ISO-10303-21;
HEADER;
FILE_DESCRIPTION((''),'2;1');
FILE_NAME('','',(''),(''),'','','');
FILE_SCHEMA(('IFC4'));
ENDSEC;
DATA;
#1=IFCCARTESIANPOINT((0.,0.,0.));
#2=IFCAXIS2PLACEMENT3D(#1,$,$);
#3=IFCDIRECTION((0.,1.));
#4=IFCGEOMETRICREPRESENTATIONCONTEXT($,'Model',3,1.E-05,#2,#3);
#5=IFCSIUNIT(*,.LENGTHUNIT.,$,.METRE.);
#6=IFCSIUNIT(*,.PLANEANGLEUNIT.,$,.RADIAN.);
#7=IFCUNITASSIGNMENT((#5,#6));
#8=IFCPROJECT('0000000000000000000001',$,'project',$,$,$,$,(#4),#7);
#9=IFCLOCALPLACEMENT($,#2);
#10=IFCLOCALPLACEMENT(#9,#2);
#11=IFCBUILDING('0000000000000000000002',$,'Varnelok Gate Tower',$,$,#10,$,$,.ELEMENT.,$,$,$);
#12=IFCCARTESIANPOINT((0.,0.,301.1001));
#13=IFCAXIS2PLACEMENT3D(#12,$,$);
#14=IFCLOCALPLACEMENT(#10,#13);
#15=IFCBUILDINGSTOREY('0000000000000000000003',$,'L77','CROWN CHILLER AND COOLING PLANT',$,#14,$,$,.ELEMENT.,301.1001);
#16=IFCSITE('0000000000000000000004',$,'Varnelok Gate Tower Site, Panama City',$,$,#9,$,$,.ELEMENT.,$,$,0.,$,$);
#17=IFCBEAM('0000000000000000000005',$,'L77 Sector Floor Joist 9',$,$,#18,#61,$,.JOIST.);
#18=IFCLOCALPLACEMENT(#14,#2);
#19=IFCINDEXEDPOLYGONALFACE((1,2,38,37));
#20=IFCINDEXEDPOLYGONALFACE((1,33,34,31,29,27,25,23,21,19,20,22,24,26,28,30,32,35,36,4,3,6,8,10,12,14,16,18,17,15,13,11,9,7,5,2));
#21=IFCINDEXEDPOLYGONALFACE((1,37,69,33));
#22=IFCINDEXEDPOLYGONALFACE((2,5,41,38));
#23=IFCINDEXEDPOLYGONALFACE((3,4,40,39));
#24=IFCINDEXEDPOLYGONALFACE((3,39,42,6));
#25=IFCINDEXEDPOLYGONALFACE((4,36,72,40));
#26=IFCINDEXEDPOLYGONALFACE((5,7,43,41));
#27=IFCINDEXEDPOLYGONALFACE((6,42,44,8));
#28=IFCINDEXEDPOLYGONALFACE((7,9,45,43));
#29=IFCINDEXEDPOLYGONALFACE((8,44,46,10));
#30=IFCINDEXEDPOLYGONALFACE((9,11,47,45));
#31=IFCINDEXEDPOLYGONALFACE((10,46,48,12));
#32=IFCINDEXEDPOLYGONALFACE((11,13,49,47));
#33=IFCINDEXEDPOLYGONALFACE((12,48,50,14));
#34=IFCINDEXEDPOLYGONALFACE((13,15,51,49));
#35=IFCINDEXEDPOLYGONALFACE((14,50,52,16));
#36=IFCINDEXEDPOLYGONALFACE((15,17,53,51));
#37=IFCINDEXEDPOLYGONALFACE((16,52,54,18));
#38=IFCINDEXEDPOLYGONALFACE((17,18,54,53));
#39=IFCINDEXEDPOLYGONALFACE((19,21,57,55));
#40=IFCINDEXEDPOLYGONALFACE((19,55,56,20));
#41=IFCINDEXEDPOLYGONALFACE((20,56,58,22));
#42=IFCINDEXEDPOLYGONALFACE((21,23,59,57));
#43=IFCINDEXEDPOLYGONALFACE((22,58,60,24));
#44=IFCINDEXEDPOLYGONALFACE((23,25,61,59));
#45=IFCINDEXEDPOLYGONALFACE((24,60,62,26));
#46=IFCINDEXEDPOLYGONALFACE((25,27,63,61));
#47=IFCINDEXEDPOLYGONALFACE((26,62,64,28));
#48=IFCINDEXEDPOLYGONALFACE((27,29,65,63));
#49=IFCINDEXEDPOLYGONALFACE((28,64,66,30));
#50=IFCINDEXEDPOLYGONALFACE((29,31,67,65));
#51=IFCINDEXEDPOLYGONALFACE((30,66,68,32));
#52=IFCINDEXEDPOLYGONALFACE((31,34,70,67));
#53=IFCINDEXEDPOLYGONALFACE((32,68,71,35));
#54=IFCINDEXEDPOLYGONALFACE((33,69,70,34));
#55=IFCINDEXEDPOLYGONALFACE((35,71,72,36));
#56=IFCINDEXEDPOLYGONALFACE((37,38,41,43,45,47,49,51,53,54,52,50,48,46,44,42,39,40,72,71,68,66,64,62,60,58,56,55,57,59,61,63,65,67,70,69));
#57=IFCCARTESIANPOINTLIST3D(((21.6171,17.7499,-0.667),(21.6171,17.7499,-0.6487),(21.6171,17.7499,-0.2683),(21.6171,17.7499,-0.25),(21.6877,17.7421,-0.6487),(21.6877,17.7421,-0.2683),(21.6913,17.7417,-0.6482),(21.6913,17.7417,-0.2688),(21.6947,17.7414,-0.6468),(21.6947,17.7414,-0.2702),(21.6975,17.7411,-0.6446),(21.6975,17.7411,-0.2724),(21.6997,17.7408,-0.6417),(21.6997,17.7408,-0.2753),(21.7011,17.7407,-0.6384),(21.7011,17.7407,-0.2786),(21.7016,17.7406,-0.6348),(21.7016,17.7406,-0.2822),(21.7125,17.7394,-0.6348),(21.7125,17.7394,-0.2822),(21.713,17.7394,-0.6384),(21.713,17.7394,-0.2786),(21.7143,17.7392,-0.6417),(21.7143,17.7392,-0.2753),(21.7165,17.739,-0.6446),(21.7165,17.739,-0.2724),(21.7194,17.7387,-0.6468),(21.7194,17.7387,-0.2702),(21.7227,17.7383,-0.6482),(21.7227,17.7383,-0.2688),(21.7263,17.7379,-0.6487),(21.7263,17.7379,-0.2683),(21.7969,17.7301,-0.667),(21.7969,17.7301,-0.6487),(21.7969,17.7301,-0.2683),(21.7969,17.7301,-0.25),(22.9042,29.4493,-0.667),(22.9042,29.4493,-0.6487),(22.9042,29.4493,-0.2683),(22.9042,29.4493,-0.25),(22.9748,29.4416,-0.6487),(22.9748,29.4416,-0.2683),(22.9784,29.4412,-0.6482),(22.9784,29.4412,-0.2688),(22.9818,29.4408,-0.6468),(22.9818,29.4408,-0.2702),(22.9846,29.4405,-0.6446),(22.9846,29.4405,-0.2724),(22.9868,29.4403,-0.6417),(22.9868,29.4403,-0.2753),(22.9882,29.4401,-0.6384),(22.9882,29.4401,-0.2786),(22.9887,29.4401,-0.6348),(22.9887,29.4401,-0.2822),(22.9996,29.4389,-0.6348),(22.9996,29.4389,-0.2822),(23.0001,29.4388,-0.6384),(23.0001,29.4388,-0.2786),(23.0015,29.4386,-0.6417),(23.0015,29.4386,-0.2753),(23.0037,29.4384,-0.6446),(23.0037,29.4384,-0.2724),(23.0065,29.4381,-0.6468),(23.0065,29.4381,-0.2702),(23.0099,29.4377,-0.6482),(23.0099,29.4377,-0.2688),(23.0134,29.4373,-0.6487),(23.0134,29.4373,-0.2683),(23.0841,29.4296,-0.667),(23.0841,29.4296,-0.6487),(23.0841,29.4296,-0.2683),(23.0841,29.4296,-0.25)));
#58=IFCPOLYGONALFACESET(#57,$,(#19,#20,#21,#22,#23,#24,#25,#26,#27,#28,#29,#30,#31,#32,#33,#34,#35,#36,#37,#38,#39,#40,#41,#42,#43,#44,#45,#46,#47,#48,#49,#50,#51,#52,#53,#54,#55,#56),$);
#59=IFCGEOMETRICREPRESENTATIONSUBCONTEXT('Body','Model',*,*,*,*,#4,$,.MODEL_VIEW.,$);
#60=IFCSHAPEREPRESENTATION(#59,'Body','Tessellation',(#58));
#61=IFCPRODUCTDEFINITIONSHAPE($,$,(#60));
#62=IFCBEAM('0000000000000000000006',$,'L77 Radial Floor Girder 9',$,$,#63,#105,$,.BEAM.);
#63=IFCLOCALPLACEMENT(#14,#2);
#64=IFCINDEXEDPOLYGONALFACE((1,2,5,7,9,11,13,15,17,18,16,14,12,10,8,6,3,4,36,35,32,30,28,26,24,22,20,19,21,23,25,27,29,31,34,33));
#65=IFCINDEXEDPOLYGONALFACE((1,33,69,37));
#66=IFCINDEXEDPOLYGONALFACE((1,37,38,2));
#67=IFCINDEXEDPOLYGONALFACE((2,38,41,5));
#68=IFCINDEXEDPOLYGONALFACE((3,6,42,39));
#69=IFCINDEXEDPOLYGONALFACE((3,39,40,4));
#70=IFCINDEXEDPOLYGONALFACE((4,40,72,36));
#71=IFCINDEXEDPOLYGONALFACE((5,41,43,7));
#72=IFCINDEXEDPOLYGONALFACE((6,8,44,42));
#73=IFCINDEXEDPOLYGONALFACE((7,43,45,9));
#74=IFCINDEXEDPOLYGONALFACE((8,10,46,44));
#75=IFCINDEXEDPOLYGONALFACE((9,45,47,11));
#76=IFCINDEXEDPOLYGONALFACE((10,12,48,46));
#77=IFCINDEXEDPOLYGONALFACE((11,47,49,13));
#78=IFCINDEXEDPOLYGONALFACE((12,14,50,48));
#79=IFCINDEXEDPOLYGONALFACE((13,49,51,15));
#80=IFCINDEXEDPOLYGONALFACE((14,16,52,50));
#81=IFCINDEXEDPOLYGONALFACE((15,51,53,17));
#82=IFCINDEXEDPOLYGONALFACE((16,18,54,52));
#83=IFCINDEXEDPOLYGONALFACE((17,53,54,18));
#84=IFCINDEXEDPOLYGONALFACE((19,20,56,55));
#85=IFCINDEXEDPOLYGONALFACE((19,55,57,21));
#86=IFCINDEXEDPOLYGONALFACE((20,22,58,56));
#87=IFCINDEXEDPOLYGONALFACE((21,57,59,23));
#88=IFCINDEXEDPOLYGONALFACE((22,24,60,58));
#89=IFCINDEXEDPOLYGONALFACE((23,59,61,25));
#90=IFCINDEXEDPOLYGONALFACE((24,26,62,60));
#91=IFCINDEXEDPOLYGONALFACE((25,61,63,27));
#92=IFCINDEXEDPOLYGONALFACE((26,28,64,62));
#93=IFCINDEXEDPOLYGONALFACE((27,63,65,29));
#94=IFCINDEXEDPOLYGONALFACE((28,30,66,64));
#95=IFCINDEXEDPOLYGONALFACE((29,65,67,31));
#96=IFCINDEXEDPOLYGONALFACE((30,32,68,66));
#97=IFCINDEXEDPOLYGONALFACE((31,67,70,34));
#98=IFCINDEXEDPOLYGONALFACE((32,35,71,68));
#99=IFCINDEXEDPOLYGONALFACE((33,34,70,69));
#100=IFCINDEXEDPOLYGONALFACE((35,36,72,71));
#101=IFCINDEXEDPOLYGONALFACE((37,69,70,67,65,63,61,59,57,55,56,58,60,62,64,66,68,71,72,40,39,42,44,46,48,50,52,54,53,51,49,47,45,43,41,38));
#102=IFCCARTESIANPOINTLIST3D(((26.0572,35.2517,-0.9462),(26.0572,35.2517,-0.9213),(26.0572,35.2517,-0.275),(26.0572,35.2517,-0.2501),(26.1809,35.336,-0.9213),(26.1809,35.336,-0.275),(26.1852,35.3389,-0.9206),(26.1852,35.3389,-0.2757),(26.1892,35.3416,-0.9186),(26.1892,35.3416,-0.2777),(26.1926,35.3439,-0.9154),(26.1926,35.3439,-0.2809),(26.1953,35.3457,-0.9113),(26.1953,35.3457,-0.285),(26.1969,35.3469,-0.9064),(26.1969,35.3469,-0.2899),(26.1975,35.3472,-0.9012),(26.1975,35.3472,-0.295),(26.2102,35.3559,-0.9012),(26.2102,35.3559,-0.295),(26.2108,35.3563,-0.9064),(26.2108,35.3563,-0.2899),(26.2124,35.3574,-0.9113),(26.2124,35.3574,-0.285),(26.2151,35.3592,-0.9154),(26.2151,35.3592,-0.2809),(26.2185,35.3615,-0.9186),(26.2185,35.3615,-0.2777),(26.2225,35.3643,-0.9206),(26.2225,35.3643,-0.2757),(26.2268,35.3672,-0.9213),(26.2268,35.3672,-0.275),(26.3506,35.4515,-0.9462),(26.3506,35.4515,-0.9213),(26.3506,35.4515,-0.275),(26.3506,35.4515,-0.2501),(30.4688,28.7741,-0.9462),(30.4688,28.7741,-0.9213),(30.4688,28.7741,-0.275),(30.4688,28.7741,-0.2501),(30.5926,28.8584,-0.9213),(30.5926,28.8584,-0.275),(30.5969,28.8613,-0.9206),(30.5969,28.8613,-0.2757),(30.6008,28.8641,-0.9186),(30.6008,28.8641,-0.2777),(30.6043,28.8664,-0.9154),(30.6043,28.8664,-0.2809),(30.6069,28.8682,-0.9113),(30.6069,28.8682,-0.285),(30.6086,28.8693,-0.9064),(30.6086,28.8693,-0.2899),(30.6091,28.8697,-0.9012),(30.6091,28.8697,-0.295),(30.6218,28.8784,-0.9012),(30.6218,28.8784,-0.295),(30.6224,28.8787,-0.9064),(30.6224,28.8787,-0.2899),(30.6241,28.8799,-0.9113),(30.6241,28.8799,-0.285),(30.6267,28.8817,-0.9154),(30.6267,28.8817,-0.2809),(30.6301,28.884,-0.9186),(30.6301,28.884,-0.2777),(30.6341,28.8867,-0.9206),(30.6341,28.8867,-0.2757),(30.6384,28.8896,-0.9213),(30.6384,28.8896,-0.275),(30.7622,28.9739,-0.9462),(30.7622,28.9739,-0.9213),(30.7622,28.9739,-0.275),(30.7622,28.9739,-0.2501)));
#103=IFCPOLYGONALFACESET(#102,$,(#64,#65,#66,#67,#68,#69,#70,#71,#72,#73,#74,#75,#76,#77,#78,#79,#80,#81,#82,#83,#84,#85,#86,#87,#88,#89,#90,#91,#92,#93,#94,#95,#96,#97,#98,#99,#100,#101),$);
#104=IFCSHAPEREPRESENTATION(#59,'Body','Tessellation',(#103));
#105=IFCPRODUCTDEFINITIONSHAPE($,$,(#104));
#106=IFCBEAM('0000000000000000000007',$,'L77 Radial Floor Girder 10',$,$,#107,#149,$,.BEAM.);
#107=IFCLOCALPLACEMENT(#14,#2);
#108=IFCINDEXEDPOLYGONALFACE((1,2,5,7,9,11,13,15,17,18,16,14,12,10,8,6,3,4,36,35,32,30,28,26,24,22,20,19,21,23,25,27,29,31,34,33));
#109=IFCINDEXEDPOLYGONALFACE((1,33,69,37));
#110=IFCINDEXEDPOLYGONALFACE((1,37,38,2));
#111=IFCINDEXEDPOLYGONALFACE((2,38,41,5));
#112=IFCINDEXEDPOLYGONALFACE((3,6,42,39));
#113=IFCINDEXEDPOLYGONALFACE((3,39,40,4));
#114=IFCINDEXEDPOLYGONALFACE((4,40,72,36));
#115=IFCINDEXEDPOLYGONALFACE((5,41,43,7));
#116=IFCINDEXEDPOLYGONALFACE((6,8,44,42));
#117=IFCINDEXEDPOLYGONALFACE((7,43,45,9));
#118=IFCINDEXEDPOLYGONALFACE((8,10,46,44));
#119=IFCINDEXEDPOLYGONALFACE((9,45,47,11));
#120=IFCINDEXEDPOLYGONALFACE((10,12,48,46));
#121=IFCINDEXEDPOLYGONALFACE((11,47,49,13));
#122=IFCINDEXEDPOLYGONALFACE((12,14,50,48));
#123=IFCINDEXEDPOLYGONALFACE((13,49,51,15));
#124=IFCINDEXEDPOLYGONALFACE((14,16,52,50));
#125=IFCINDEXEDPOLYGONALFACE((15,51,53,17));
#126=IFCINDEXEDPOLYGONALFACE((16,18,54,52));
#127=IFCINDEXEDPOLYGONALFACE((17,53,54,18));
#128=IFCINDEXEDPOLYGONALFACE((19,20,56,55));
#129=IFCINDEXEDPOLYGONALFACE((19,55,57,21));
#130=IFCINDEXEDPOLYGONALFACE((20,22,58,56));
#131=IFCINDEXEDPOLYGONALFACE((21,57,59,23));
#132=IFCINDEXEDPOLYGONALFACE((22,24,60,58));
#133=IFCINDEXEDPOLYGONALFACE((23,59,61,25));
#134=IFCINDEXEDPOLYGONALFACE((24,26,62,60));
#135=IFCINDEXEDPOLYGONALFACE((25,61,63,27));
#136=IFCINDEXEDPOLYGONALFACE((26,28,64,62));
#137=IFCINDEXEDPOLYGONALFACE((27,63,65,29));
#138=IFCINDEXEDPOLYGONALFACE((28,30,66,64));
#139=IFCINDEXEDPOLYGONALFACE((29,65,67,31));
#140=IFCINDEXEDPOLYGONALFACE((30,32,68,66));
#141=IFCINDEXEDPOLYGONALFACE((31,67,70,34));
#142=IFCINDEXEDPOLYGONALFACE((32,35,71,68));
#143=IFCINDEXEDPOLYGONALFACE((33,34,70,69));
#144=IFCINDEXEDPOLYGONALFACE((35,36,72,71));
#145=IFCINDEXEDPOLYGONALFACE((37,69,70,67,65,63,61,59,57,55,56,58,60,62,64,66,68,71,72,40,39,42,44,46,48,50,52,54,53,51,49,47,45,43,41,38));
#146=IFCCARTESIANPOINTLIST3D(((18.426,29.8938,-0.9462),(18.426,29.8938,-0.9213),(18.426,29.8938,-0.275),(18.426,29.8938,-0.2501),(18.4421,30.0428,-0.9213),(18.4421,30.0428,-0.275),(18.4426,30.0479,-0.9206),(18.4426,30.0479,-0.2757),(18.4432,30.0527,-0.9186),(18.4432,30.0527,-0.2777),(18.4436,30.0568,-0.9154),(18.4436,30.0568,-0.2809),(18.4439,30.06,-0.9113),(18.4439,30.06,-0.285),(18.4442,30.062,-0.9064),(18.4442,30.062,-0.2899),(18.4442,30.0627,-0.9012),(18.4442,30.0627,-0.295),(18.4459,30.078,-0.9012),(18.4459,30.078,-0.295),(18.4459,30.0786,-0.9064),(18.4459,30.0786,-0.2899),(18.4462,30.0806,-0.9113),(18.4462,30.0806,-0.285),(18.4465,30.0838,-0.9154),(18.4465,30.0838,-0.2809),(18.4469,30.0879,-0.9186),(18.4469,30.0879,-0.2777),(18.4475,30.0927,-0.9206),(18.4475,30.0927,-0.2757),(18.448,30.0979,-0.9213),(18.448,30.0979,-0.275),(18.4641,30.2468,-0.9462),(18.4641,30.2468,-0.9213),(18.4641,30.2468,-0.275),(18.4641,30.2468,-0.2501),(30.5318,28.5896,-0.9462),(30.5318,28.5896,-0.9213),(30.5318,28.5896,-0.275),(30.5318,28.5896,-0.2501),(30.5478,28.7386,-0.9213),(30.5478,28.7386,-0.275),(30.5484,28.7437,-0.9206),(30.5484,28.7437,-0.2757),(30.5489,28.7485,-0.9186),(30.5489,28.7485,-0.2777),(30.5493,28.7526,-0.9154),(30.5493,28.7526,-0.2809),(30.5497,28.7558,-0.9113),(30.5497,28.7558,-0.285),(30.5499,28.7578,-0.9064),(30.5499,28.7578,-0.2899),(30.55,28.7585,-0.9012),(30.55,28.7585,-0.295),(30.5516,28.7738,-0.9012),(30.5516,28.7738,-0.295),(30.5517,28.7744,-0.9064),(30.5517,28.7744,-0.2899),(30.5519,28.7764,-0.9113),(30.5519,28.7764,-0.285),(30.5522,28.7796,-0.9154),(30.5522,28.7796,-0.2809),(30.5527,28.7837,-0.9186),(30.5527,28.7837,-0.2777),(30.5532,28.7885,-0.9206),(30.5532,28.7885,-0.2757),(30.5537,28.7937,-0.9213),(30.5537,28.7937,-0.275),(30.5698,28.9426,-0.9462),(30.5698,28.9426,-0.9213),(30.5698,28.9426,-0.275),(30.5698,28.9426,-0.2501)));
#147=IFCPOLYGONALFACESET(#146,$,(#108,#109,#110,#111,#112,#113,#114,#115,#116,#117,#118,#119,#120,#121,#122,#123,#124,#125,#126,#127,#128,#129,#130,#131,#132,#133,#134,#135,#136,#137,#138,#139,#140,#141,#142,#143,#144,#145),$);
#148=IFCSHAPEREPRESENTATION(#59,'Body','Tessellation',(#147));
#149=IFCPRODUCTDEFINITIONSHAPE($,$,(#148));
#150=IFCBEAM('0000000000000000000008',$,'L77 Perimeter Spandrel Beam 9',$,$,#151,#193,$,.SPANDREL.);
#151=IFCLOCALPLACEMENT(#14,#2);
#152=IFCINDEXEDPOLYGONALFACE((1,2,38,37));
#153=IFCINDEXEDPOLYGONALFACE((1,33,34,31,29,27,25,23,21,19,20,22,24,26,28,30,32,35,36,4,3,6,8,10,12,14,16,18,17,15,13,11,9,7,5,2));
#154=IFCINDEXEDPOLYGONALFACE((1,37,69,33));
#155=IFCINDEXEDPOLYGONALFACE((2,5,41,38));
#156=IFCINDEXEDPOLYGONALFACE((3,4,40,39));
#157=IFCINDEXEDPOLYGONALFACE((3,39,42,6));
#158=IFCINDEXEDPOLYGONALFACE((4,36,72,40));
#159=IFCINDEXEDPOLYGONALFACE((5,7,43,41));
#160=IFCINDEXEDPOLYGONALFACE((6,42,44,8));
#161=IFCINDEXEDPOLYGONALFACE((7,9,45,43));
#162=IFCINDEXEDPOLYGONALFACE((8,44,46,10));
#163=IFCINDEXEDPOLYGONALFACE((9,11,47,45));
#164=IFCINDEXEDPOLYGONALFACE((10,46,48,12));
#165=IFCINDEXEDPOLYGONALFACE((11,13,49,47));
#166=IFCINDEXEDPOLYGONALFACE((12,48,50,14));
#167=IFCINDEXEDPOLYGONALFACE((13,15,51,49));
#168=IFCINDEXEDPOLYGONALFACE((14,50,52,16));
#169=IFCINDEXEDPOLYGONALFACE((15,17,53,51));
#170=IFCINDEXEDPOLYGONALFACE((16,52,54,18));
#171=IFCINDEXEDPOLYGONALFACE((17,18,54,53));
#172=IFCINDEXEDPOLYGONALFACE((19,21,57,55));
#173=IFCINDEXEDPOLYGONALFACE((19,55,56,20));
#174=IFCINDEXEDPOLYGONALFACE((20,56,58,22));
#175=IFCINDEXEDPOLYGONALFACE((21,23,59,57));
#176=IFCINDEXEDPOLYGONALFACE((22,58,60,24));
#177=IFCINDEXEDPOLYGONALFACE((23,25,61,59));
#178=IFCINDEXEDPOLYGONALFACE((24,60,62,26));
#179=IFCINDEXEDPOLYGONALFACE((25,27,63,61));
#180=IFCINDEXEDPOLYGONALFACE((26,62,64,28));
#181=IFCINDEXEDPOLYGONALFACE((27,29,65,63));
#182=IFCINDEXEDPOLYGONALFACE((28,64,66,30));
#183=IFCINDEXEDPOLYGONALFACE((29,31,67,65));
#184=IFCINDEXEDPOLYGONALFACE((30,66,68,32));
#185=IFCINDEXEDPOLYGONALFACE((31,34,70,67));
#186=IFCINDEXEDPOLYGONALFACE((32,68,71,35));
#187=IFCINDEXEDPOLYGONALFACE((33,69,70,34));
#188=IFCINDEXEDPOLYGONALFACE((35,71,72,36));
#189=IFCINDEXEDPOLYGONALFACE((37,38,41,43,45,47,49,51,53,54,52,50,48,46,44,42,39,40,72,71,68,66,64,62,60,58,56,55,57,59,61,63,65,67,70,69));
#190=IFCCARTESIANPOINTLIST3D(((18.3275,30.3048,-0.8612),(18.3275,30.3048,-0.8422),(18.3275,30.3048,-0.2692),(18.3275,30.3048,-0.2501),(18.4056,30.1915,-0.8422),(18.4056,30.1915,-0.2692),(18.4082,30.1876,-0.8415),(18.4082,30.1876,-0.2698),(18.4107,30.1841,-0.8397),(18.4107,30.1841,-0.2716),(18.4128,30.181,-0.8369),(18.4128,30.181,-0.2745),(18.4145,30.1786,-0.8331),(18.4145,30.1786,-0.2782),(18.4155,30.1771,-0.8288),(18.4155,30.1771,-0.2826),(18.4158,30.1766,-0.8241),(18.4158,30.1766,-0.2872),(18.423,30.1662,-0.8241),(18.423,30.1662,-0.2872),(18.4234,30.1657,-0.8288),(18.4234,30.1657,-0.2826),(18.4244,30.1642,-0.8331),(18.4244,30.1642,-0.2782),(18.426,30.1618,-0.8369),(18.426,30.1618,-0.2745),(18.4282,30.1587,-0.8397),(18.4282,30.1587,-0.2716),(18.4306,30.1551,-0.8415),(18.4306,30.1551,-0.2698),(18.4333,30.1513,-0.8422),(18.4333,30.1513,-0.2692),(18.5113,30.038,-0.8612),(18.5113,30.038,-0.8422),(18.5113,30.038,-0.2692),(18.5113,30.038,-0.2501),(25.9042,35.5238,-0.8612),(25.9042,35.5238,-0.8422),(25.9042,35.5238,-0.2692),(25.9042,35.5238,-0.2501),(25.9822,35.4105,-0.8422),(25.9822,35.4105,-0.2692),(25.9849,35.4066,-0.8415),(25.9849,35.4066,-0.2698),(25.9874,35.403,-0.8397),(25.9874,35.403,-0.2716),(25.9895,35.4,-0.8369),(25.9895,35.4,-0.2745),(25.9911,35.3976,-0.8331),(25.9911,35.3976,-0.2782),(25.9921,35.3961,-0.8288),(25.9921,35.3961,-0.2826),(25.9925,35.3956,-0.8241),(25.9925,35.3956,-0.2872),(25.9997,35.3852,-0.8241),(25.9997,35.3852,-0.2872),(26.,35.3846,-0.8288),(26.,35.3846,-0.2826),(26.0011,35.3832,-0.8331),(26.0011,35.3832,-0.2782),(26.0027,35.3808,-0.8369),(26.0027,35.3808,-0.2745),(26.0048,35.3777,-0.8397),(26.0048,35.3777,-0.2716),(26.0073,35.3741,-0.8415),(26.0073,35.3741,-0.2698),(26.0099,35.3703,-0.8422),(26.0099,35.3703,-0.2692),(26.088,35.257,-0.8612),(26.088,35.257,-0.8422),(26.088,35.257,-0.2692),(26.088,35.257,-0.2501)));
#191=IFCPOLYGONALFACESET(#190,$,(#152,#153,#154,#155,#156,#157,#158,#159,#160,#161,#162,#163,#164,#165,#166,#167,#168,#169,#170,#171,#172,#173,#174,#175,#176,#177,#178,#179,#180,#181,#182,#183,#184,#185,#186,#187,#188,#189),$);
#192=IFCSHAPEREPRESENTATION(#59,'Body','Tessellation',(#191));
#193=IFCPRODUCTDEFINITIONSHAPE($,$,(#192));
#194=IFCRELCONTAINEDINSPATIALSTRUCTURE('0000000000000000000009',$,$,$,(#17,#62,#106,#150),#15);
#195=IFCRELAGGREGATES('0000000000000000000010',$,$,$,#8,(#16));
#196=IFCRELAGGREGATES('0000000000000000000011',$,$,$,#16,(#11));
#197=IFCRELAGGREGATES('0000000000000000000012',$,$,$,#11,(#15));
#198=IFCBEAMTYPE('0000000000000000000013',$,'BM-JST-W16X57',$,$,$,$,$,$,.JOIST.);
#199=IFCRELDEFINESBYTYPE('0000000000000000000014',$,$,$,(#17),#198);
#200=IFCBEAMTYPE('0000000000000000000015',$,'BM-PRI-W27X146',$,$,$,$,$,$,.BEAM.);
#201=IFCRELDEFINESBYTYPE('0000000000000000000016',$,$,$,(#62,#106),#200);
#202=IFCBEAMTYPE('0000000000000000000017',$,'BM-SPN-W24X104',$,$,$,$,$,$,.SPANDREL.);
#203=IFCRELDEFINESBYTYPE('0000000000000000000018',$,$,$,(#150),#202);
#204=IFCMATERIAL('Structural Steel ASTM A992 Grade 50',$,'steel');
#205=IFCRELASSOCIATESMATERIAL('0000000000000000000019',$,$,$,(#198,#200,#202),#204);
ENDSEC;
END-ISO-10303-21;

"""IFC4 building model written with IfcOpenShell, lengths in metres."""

from ifc_helpers import new_model, si_unit, direction, frame, origin, origin_2d, place, context, subcontext, project, spatial, i_section, extrude, material, material_profile, profile_set, type_object, element, save


model = new_model("IFC4")

# Units and contexts
model_context = context("Model", 3, precision=1e-05, world=origin(), true_north=direction((0.0, 1.0)))
body_context = subcontext(model_context, "Body", "Model", "MODEL_VIEW")
ifc_project = project(units=[si_unit("LENGTHUNIT", "METRE"), si_unit("PLANEANGLEUNIT", "RADIAN")], contexts=[model_context])

# Site, building, storey
site_placement = place(None, origin())
site = spatial("IfcSite", under=ifc_project, at=site_placement, Name="Varnelok Gate Tower Site, Panama City", CompositionType="ELEMENT", RefElevation=0.0)
building_placement = place(site_placement, origin())
building = spatial("IfcBuilding", under=site, at=building_placement, Name="Varnelok Gate Tower", CompositionType="ELEMENT")
storey_placement = place(building_placement, frame((0.0, 0.0, 301.1001)))
storey = spatial("IfcBuildingStorey", under=building, at=storey_placement, Name="L77", Description="CROWN CHILLER AND COOLING PLANT", CompositionType="ELEMENT", Elevation=301.1001)

# Shared definitions
ifc_material_1 = material(Name="Structural Steel ASTM A992 Grade 50", Category="steel")

# Beams
ifc_material_profile_1 = material_profile(ifc_material_1, i_section(OverallWidth=0.1809, OverallDepth=0.417, WebThickness=0.011, FlangeThickness=0.0183, FilletRadius=0.0139, at=origin_2d()), Name="W16X57")
ifc_profile_set_1 = profile_set([ifc_material_profile_1], Name="Structural Steel ASTM A992 Grade 50")
beam_type_1 = type_object("IfcBeamType", Name="BM-JST-W16X57", PredefinedType="JOIST", material=ifc_profile_set_1)
beam_1_placement = place(storey_placement, frame((22.9941, 29.4395, -0.4585), z_axis=(-0.109355, -0.994003, 0.0), x_axis=(0.994003, -0.109355, 0.0)))
element("IfcBeam", 1, at=beam_1_placement, inside=storey, type_object=beam_type_1, Name="L77 Sector Floor Joist 9", PredefinedType="JOIST", context=body_context, shape_type="SweptSolid", body=[
    extrude(i_section(OverallWidth=0.1809, OverallDepth=0.417, WebThickness=0.011, FlangeThickness=0.0183, FilletRadius=0.0139, at=origin_2d()), origin(), (0.0, 0.0, 1.0), 11.77),
])
ifc_material_profile_2 = material_profile(ifc_material_1, i_section(OverallWidth=0.355, OverallDepth=0.696, WebThickness=0.0154, FlangeThickness=0.0249, FilletRadius=0.02, at=origin_2d()), Name="W27X146")
ifc_profile_set_2 = profile_set([ifc_material_profile_2], Name="Structural Steel ASTM A992 Grade 50")
beam_type_2 = type_object("IfcBeamType", Name="BM-PRI-W27X146", PredefinedType="BEAM", material=ifc_profile_set_2)
beam_2_placement = place(storey_placement, frame((30.6155, 28.874, -0.5981), z_axis=(-0.562911, 0.826517, 0.0), x_axis=(-0.826517, -0.562911, 0.0)))
element("IfcBeam", 2, at=beam_2_placement, inside=storey, type_object=beam_type_2, Name="L77 Radial Floor Girder 9", PredefinedType="BEAM", context=body_context, shape_type="SweptSolid", body=[
    extrude(i_section(OverallWidth=0.355, OverallDepth=0.696, WebThickness=0.0154, FlangeThickness=0.0249, FilletRadius=0.02, at=origin_2d()), origin(), (0.0, 0.0, 1.0), 7.8372),
])
beam_3_placement = place(storey_placement, frame((30.5508, 28.7661, -0.5981), z_axis=(-0.994247, 0.107114, 0.0), x_axis=(-0.107114, -0.994247, 0.0)))
element("IfcBeam", 3, at=beam_3_placement, inside=storey, type_object=beam_type_2, Name="L77 Radial Floor Girder 10", PredefinedType="BEAM", context=body_context, shape_type="SweptSolid", body=[
    extrude(i_section(OverallWidth=0.355, OverallDepth=0.696, WebThickness=0.0154, FlangeThickness=0.0249, FilletRadius=0.02, at=origin_2d()), origin(), (0.0, 0.0, 1.0), 12.1758),
])
ifc_material_profile_3 = material_profile(ifc_material_1, i_section(OverallWidth=0.324, OverallDepth=0.6111, WebThickness=0.0127, FlangeThickness=0.019, FilletRadius=0.0181, at=origin_2d()), Name="W24X104")
ifc_profile_set_3 = profile_set([ifc_material_profile_3], Name="Structural Steel ASTM A992 Grade 50")
beam_type_3 = type_object("IfcBeamType", Name="BM-SPN-W24X104", PredefinedType="SPANDREL", material=ifc_profile_set_3)
beam_4_placement = place(storey_placement, frame((25.9961, 35.3904, -0.5557), z_axis=(-0.823532, -0.56727, 0.0), x_axis=(0.56727, -0.823532, 0.0)))
element("IfcBeam", 4, at=beam_4_placement, inside=storey, type_object=beam_type_3, Name="L77 Perimeter Spandrel Beam 9", PredefinedType="SPANDREL", context=body_context, shape_type="SweptSolid", body=[
    extrude(i_section(OverallWidth=0.324, OverallDepth=0.6111, WebThickness=0.0127, FlangeThickness=0.019, FilletRadius=0.0181, at=origin_2d()), origin(), (0.0, 0.0, 1.0), 9.2002),
])

save(model, "model.ifc")
